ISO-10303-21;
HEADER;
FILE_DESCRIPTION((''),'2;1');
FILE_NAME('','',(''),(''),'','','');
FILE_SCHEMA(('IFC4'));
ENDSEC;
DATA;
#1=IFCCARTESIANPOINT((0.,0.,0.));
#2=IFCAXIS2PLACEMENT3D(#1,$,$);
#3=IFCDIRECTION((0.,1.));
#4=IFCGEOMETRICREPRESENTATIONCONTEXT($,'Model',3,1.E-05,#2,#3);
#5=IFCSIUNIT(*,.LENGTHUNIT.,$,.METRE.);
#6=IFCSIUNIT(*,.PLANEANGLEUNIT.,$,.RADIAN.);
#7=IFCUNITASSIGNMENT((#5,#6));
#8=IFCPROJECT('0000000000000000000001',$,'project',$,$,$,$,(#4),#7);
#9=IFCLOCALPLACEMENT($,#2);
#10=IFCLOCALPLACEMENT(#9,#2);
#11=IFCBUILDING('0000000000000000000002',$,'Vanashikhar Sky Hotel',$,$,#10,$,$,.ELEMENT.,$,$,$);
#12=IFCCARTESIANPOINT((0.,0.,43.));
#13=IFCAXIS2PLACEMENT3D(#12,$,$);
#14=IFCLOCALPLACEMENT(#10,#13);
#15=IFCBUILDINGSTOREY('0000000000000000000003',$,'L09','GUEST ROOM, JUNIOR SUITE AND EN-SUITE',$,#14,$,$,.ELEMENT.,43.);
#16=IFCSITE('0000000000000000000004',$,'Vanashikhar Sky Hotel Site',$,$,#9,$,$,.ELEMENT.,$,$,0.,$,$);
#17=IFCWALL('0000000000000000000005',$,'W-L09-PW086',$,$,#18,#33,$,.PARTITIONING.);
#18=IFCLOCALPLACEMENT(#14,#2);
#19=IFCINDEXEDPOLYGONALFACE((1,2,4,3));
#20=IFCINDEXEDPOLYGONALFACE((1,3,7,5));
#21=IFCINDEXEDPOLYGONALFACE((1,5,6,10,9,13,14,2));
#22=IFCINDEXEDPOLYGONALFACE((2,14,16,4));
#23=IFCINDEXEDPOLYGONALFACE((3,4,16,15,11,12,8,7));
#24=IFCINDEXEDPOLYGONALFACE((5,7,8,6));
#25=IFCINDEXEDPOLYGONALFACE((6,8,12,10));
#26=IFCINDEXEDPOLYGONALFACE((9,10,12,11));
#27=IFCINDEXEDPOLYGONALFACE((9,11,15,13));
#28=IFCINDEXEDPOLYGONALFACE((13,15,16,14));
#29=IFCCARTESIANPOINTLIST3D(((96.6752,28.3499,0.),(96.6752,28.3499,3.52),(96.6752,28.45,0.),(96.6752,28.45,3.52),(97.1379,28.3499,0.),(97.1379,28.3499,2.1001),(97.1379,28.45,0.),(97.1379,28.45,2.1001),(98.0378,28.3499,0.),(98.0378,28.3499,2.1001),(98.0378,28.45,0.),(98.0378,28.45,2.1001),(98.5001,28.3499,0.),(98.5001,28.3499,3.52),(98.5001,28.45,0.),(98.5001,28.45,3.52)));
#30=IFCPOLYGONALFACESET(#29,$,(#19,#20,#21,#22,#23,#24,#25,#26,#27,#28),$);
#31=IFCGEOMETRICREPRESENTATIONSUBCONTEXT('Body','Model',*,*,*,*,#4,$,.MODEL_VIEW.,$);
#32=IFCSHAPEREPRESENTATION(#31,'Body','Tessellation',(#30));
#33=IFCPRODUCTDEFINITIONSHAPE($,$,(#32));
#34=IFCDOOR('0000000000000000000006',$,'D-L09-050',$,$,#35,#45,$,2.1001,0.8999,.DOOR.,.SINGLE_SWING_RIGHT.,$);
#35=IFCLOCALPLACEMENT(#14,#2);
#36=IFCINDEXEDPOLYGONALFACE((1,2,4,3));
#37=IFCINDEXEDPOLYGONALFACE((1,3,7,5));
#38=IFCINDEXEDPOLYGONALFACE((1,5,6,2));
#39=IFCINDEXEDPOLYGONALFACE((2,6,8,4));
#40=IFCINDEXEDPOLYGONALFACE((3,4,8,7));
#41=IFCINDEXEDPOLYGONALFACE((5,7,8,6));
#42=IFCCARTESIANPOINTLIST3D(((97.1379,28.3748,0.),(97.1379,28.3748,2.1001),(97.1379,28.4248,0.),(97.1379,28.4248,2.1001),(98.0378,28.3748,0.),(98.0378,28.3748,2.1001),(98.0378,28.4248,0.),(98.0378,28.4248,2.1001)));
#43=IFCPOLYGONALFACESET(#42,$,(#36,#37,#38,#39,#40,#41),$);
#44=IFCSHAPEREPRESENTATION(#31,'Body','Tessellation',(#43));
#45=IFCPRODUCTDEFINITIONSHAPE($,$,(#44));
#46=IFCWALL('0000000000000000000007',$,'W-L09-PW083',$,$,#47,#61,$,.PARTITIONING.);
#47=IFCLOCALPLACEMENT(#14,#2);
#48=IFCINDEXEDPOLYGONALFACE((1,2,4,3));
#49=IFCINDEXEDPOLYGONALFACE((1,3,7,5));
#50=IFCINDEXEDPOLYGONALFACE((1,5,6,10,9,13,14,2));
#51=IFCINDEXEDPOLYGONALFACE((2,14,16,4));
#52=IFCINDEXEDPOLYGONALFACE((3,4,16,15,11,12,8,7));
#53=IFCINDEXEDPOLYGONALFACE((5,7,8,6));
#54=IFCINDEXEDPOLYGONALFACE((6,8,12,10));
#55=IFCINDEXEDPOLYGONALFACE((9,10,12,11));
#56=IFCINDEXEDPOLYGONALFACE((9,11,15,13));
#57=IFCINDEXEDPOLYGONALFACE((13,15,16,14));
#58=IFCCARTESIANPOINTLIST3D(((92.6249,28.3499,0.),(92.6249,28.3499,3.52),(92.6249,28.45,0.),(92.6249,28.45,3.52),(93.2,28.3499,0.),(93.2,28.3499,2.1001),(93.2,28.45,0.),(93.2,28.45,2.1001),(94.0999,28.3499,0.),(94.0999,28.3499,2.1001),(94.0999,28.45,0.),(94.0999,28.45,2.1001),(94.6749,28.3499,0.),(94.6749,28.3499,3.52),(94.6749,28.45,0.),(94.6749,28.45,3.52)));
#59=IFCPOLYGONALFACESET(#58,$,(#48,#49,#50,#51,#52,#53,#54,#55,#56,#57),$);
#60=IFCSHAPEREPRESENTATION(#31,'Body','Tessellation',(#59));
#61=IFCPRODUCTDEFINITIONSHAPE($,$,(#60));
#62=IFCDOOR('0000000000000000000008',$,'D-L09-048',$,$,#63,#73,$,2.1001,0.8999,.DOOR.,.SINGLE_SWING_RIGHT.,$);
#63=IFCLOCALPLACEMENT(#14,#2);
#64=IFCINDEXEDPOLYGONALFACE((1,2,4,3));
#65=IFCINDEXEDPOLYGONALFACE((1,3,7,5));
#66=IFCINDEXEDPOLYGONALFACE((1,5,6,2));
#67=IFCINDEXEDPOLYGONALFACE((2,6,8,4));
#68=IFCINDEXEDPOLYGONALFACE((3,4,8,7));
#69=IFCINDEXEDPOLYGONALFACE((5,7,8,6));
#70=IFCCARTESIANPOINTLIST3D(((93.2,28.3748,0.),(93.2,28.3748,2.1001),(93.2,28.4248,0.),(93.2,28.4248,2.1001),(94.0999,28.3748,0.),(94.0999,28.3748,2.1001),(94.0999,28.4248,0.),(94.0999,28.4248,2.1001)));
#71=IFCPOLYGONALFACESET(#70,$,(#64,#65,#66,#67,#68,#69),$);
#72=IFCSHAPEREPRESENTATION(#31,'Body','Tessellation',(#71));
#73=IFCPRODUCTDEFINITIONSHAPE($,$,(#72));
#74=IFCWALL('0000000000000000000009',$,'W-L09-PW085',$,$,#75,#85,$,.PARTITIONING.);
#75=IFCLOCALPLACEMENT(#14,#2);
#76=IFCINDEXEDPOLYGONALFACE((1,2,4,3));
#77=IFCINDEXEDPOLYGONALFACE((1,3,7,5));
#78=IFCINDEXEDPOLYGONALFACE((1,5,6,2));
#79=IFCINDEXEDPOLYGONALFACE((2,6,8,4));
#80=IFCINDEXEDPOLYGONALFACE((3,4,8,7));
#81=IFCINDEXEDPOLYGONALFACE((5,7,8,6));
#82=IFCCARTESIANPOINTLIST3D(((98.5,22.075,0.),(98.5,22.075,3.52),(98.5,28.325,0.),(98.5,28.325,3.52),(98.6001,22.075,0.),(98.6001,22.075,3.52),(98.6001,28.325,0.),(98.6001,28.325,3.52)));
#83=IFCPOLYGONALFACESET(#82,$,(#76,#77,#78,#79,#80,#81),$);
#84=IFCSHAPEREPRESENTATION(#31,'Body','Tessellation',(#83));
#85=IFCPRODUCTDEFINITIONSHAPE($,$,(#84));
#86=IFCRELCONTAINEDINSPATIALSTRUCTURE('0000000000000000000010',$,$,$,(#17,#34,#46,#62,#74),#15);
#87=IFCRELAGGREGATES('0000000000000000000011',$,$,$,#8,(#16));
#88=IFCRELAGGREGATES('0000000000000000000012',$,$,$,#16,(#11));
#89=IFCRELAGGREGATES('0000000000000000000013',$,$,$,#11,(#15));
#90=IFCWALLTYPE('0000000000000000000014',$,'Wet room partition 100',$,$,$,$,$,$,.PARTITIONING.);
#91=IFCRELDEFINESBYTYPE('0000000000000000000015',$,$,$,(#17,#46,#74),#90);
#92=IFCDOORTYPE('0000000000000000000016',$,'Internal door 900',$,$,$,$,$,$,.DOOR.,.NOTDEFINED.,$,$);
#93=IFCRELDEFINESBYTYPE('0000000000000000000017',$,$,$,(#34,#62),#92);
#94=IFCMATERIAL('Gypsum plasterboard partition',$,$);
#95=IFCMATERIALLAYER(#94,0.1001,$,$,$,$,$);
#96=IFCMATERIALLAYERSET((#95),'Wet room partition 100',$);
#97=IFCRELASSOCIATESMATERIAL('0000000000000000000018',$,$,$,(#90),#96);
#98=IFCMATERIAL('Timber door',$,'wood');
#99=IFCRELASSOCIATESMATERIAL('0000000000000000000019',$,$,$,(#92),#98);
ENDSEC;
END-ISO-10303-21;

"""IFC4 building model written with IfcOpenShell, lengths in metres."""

from ifc_helpers import new_model, si_unit, direction, frame, frame_2d, origin, place, context, subcontext, project, spatial, rectangle, extrude, source, transform, mapped, material, layer, layer_set, type_object, element, fill, save


model = new_model("IFC4")

# Units and contexts
model_context = context("Model", 3, precision=1e-05, world=origin(), true_north=direction((0.0, 1.0)))
body_context = subcontext(model_context, "Body", "Model", "MODEL_VIEW")
ifc_project = project(units=[si_unit("LENGTHUNIT", "METRE"), si_unit("PLANEANGLEUNIT", "RADIAN")], contexts=[model_context])

# Site, building, storey
site_placement = place(None, origin())
site = spatial("IfcSite", under=ifc_project, at=site_placement, Name="Vanashikhar Sky Hotel Site", CompositionType="ELEMENT", RefElevation=0.0)
building_placement = place(site_placement, origin())
building = spatial("IfcBuilding", under=site, at=building_placement, Name="Vanashikhar Sky Hotel", CompositionType="ELEMENT")
storey_placement = place(building_placement, frame((0.0, 0.0, 43.0)))
storey = spatial("IfcBuildingStorey", under=building, at=storey_placement, Name="L09", Description="GUEST ROOM, JUNIOR SUITE AND EN-SUITE", CompositionType="ELEMENT", Elevation=43.0)

# Walls, openings, doors
ifc_material_1 = material(Name="Gypsum plasterboard partition")
ifc_layer_1 = layer(ifc_material_1, 0.1001)
ifc_layer_set_1 = layer_set([ifc_layer_1], Name="Wet room partition 100")
wall_type_1 = type_object("IfcWallType", Name="Wet room partition 100", PredefinedType="PARTITIONING", material=ifc_layer_set_1)
shared_shape_1 = source(origin(), body_context, "Body", "SweptSolid", [
    extrude(rectangle(XDim=1.825, YDim=0.1001, at=frame_2d((0.9126, 0.0))), origin(), (0.0, 0.0, 1.0), 3.52),
])
wall_1_placement = place(storey_placement, frame((96.675, 28.3999, 0.0), z_axis=(0.0, 0.0, 1.0), x_axis=(1.0, 0.0, 0.0)))
wall_1 = element("IfcWall", 1, at=wall_1_placement, inside=storey, type_object=wall_type_1, Name="W-L09-PW086", PredefinedType="PARTITIONING", context=body_context, shape_type="MappedRepresentation", body=[
    mapped(shared_shape_1, transform((0.0, 0.0, 0.0), scale=1.0)),
])
shared_shape_2 = source(origin(), body_context, "Body", "SweptSolid", [
    extrude(rectangle(XDim=0.8999, YDim=2.1001, at=frame_2d((0.45, 1.05))), frame((0.0, 0.0601, 0.0), z_axis=(0.0, -1.0, 0.0), x_axis=(1.0, 0.0, 0.0)), (0.0, 0.0, 1.0), 0.1201),
])
opening_1_placement = place(wall_1_placement, frame((0.4629, 0.0, 0.0)))
opening_1 = element("IfcOpeningElement", 2, at=opening_1_placement, cuts=wall_1, PredefinedType="OPENING", context=body_context, shape_type="MappedRepresentation", body=[
    mapped(shared_shape_2, transform((0.0, 0.0, 0.0), scale=1.0)),
])
ifc_material_2 = material(Name="Timber door", Category="wood")
door_type = type_object("IfcDoorType", Name="Internal door 900", OperationType="NOTDEFINED", PredefinedType="DOOR", material=ifc_material_2)
shared_shape_3 = source(origin(), body_context, "Body", "SweptSolid", [
    extrude(rectangle(XDim=0.8999, YDim=2.1001, at=frame_2d((0.45, 1.05))), frame((0.0, 0.0249, 0.0), z_axis=(0.0, -1.0, 0.0), x_axis=(1.0, 0.0, 0.0)), (0.0, 0.0, 1.0), 0.05),
])
door_1_placement = place(opening_1_placement, origin())
door_1 = element("IfcDoor", 3, at=door_1_placement, inside=storey, type_object=door_type, Name="D-L09-050", OperationType="SINGLE_SWING_RIGHT", OverallHeight=2.1001, OverallWidth=0.8999, PredefinedType="DOOR", context=body_context, shape_type="MappedRepresentation", body=[
    mapped(shared_shape_3, transform((0.0, 0.0, 0.0), scale=1.0)),
])
fill(opening_1, door_1)
shared_shape_4 = source(origin(), body_context, "Body", "SweptSolid", [
    extrude(rectangle(XDim=2.05, YDim=0.1001, at=frame_2d((1.0249, 0.0))), origin(), (0.0, 0.0, 1.0), 3.52),
])
wall_2_placement = place(storey_placement, frame((92.625, 28.3999, 0.0), z_axis=(0.0, 0.0, 1.0), x_axis=(1.0, 0.0, 0.0)))
wall_2 = element("IfcWall", 4, at=wall_2_placement, inside=storey, type_object=wall_type_1, Name="W-L09-PW083", PredefinedType="PARTITIONING", context=body_context, shape_type="MappedRepresentation", body=[
    mapped(shared_shape_4, transform((0.0, 0.0, 0.0), scale=1.0)),
])
opening_2_placement = place(wall_2_placement, frame((0.575, 0.0, 0.0)))
opening_2 = element("IfcOpeningElement", 5, at=opening_2_placement, cuts=wall_2, PredefinedType="OPENING", context=body_context, shape_type="MappedRepresentation", body=[
    mapped(shared_shape_2, transform((0.0, 0.0, 0.0), scale=1.0)),
])
door_2_placement = place(opening_2_placement, origin())
door_2 = element("IfcDoor", 6, at=door_2_placement, inside=storey, type_object=door_type, Name="D-L09-048", OperationType="SINGLE_SWING_RIGHT", OverallHeight=2.1001, OverallWidth=0.8999, PredefinedType="DOOR", context=body_context, shape_type="MappedRepresentation", body=[
    mapped(shared_shape_3, transform((0.0, 0.0, 0.0), scale=1.0)),
])
fill(opening_2, door_2)

# Wall
shared_shape_5 = source(origin(), body_context, "Body", "SweptSolid", [
    extrude(rectangle(XDim=6.25, YDim=0.1001, at=frame_2d((3.125, 0.0))), origin(), (0.0, 0.0, 1.0), 3.52),
])
wall_3_placement = place(storey_placement, frame((98.55, 22.075, 0.0), z_axis=(0.0, 0.0, 1.0), x_axis=(0.0, 1.0, 0.0)))
element("IfcWall", 7, at=wall_3_placement, inside=storey, type_object=wall_type_1, Name="W-L09-PW085", PredefinedType="PARTITIONING", context=body_context, shape_type="MappedRepresentation", body=[
    mapped(shared_shape_5, transform((0.0, 0.0, 0.0), scale=1.0)),
])

save(model, "model.ifc")
